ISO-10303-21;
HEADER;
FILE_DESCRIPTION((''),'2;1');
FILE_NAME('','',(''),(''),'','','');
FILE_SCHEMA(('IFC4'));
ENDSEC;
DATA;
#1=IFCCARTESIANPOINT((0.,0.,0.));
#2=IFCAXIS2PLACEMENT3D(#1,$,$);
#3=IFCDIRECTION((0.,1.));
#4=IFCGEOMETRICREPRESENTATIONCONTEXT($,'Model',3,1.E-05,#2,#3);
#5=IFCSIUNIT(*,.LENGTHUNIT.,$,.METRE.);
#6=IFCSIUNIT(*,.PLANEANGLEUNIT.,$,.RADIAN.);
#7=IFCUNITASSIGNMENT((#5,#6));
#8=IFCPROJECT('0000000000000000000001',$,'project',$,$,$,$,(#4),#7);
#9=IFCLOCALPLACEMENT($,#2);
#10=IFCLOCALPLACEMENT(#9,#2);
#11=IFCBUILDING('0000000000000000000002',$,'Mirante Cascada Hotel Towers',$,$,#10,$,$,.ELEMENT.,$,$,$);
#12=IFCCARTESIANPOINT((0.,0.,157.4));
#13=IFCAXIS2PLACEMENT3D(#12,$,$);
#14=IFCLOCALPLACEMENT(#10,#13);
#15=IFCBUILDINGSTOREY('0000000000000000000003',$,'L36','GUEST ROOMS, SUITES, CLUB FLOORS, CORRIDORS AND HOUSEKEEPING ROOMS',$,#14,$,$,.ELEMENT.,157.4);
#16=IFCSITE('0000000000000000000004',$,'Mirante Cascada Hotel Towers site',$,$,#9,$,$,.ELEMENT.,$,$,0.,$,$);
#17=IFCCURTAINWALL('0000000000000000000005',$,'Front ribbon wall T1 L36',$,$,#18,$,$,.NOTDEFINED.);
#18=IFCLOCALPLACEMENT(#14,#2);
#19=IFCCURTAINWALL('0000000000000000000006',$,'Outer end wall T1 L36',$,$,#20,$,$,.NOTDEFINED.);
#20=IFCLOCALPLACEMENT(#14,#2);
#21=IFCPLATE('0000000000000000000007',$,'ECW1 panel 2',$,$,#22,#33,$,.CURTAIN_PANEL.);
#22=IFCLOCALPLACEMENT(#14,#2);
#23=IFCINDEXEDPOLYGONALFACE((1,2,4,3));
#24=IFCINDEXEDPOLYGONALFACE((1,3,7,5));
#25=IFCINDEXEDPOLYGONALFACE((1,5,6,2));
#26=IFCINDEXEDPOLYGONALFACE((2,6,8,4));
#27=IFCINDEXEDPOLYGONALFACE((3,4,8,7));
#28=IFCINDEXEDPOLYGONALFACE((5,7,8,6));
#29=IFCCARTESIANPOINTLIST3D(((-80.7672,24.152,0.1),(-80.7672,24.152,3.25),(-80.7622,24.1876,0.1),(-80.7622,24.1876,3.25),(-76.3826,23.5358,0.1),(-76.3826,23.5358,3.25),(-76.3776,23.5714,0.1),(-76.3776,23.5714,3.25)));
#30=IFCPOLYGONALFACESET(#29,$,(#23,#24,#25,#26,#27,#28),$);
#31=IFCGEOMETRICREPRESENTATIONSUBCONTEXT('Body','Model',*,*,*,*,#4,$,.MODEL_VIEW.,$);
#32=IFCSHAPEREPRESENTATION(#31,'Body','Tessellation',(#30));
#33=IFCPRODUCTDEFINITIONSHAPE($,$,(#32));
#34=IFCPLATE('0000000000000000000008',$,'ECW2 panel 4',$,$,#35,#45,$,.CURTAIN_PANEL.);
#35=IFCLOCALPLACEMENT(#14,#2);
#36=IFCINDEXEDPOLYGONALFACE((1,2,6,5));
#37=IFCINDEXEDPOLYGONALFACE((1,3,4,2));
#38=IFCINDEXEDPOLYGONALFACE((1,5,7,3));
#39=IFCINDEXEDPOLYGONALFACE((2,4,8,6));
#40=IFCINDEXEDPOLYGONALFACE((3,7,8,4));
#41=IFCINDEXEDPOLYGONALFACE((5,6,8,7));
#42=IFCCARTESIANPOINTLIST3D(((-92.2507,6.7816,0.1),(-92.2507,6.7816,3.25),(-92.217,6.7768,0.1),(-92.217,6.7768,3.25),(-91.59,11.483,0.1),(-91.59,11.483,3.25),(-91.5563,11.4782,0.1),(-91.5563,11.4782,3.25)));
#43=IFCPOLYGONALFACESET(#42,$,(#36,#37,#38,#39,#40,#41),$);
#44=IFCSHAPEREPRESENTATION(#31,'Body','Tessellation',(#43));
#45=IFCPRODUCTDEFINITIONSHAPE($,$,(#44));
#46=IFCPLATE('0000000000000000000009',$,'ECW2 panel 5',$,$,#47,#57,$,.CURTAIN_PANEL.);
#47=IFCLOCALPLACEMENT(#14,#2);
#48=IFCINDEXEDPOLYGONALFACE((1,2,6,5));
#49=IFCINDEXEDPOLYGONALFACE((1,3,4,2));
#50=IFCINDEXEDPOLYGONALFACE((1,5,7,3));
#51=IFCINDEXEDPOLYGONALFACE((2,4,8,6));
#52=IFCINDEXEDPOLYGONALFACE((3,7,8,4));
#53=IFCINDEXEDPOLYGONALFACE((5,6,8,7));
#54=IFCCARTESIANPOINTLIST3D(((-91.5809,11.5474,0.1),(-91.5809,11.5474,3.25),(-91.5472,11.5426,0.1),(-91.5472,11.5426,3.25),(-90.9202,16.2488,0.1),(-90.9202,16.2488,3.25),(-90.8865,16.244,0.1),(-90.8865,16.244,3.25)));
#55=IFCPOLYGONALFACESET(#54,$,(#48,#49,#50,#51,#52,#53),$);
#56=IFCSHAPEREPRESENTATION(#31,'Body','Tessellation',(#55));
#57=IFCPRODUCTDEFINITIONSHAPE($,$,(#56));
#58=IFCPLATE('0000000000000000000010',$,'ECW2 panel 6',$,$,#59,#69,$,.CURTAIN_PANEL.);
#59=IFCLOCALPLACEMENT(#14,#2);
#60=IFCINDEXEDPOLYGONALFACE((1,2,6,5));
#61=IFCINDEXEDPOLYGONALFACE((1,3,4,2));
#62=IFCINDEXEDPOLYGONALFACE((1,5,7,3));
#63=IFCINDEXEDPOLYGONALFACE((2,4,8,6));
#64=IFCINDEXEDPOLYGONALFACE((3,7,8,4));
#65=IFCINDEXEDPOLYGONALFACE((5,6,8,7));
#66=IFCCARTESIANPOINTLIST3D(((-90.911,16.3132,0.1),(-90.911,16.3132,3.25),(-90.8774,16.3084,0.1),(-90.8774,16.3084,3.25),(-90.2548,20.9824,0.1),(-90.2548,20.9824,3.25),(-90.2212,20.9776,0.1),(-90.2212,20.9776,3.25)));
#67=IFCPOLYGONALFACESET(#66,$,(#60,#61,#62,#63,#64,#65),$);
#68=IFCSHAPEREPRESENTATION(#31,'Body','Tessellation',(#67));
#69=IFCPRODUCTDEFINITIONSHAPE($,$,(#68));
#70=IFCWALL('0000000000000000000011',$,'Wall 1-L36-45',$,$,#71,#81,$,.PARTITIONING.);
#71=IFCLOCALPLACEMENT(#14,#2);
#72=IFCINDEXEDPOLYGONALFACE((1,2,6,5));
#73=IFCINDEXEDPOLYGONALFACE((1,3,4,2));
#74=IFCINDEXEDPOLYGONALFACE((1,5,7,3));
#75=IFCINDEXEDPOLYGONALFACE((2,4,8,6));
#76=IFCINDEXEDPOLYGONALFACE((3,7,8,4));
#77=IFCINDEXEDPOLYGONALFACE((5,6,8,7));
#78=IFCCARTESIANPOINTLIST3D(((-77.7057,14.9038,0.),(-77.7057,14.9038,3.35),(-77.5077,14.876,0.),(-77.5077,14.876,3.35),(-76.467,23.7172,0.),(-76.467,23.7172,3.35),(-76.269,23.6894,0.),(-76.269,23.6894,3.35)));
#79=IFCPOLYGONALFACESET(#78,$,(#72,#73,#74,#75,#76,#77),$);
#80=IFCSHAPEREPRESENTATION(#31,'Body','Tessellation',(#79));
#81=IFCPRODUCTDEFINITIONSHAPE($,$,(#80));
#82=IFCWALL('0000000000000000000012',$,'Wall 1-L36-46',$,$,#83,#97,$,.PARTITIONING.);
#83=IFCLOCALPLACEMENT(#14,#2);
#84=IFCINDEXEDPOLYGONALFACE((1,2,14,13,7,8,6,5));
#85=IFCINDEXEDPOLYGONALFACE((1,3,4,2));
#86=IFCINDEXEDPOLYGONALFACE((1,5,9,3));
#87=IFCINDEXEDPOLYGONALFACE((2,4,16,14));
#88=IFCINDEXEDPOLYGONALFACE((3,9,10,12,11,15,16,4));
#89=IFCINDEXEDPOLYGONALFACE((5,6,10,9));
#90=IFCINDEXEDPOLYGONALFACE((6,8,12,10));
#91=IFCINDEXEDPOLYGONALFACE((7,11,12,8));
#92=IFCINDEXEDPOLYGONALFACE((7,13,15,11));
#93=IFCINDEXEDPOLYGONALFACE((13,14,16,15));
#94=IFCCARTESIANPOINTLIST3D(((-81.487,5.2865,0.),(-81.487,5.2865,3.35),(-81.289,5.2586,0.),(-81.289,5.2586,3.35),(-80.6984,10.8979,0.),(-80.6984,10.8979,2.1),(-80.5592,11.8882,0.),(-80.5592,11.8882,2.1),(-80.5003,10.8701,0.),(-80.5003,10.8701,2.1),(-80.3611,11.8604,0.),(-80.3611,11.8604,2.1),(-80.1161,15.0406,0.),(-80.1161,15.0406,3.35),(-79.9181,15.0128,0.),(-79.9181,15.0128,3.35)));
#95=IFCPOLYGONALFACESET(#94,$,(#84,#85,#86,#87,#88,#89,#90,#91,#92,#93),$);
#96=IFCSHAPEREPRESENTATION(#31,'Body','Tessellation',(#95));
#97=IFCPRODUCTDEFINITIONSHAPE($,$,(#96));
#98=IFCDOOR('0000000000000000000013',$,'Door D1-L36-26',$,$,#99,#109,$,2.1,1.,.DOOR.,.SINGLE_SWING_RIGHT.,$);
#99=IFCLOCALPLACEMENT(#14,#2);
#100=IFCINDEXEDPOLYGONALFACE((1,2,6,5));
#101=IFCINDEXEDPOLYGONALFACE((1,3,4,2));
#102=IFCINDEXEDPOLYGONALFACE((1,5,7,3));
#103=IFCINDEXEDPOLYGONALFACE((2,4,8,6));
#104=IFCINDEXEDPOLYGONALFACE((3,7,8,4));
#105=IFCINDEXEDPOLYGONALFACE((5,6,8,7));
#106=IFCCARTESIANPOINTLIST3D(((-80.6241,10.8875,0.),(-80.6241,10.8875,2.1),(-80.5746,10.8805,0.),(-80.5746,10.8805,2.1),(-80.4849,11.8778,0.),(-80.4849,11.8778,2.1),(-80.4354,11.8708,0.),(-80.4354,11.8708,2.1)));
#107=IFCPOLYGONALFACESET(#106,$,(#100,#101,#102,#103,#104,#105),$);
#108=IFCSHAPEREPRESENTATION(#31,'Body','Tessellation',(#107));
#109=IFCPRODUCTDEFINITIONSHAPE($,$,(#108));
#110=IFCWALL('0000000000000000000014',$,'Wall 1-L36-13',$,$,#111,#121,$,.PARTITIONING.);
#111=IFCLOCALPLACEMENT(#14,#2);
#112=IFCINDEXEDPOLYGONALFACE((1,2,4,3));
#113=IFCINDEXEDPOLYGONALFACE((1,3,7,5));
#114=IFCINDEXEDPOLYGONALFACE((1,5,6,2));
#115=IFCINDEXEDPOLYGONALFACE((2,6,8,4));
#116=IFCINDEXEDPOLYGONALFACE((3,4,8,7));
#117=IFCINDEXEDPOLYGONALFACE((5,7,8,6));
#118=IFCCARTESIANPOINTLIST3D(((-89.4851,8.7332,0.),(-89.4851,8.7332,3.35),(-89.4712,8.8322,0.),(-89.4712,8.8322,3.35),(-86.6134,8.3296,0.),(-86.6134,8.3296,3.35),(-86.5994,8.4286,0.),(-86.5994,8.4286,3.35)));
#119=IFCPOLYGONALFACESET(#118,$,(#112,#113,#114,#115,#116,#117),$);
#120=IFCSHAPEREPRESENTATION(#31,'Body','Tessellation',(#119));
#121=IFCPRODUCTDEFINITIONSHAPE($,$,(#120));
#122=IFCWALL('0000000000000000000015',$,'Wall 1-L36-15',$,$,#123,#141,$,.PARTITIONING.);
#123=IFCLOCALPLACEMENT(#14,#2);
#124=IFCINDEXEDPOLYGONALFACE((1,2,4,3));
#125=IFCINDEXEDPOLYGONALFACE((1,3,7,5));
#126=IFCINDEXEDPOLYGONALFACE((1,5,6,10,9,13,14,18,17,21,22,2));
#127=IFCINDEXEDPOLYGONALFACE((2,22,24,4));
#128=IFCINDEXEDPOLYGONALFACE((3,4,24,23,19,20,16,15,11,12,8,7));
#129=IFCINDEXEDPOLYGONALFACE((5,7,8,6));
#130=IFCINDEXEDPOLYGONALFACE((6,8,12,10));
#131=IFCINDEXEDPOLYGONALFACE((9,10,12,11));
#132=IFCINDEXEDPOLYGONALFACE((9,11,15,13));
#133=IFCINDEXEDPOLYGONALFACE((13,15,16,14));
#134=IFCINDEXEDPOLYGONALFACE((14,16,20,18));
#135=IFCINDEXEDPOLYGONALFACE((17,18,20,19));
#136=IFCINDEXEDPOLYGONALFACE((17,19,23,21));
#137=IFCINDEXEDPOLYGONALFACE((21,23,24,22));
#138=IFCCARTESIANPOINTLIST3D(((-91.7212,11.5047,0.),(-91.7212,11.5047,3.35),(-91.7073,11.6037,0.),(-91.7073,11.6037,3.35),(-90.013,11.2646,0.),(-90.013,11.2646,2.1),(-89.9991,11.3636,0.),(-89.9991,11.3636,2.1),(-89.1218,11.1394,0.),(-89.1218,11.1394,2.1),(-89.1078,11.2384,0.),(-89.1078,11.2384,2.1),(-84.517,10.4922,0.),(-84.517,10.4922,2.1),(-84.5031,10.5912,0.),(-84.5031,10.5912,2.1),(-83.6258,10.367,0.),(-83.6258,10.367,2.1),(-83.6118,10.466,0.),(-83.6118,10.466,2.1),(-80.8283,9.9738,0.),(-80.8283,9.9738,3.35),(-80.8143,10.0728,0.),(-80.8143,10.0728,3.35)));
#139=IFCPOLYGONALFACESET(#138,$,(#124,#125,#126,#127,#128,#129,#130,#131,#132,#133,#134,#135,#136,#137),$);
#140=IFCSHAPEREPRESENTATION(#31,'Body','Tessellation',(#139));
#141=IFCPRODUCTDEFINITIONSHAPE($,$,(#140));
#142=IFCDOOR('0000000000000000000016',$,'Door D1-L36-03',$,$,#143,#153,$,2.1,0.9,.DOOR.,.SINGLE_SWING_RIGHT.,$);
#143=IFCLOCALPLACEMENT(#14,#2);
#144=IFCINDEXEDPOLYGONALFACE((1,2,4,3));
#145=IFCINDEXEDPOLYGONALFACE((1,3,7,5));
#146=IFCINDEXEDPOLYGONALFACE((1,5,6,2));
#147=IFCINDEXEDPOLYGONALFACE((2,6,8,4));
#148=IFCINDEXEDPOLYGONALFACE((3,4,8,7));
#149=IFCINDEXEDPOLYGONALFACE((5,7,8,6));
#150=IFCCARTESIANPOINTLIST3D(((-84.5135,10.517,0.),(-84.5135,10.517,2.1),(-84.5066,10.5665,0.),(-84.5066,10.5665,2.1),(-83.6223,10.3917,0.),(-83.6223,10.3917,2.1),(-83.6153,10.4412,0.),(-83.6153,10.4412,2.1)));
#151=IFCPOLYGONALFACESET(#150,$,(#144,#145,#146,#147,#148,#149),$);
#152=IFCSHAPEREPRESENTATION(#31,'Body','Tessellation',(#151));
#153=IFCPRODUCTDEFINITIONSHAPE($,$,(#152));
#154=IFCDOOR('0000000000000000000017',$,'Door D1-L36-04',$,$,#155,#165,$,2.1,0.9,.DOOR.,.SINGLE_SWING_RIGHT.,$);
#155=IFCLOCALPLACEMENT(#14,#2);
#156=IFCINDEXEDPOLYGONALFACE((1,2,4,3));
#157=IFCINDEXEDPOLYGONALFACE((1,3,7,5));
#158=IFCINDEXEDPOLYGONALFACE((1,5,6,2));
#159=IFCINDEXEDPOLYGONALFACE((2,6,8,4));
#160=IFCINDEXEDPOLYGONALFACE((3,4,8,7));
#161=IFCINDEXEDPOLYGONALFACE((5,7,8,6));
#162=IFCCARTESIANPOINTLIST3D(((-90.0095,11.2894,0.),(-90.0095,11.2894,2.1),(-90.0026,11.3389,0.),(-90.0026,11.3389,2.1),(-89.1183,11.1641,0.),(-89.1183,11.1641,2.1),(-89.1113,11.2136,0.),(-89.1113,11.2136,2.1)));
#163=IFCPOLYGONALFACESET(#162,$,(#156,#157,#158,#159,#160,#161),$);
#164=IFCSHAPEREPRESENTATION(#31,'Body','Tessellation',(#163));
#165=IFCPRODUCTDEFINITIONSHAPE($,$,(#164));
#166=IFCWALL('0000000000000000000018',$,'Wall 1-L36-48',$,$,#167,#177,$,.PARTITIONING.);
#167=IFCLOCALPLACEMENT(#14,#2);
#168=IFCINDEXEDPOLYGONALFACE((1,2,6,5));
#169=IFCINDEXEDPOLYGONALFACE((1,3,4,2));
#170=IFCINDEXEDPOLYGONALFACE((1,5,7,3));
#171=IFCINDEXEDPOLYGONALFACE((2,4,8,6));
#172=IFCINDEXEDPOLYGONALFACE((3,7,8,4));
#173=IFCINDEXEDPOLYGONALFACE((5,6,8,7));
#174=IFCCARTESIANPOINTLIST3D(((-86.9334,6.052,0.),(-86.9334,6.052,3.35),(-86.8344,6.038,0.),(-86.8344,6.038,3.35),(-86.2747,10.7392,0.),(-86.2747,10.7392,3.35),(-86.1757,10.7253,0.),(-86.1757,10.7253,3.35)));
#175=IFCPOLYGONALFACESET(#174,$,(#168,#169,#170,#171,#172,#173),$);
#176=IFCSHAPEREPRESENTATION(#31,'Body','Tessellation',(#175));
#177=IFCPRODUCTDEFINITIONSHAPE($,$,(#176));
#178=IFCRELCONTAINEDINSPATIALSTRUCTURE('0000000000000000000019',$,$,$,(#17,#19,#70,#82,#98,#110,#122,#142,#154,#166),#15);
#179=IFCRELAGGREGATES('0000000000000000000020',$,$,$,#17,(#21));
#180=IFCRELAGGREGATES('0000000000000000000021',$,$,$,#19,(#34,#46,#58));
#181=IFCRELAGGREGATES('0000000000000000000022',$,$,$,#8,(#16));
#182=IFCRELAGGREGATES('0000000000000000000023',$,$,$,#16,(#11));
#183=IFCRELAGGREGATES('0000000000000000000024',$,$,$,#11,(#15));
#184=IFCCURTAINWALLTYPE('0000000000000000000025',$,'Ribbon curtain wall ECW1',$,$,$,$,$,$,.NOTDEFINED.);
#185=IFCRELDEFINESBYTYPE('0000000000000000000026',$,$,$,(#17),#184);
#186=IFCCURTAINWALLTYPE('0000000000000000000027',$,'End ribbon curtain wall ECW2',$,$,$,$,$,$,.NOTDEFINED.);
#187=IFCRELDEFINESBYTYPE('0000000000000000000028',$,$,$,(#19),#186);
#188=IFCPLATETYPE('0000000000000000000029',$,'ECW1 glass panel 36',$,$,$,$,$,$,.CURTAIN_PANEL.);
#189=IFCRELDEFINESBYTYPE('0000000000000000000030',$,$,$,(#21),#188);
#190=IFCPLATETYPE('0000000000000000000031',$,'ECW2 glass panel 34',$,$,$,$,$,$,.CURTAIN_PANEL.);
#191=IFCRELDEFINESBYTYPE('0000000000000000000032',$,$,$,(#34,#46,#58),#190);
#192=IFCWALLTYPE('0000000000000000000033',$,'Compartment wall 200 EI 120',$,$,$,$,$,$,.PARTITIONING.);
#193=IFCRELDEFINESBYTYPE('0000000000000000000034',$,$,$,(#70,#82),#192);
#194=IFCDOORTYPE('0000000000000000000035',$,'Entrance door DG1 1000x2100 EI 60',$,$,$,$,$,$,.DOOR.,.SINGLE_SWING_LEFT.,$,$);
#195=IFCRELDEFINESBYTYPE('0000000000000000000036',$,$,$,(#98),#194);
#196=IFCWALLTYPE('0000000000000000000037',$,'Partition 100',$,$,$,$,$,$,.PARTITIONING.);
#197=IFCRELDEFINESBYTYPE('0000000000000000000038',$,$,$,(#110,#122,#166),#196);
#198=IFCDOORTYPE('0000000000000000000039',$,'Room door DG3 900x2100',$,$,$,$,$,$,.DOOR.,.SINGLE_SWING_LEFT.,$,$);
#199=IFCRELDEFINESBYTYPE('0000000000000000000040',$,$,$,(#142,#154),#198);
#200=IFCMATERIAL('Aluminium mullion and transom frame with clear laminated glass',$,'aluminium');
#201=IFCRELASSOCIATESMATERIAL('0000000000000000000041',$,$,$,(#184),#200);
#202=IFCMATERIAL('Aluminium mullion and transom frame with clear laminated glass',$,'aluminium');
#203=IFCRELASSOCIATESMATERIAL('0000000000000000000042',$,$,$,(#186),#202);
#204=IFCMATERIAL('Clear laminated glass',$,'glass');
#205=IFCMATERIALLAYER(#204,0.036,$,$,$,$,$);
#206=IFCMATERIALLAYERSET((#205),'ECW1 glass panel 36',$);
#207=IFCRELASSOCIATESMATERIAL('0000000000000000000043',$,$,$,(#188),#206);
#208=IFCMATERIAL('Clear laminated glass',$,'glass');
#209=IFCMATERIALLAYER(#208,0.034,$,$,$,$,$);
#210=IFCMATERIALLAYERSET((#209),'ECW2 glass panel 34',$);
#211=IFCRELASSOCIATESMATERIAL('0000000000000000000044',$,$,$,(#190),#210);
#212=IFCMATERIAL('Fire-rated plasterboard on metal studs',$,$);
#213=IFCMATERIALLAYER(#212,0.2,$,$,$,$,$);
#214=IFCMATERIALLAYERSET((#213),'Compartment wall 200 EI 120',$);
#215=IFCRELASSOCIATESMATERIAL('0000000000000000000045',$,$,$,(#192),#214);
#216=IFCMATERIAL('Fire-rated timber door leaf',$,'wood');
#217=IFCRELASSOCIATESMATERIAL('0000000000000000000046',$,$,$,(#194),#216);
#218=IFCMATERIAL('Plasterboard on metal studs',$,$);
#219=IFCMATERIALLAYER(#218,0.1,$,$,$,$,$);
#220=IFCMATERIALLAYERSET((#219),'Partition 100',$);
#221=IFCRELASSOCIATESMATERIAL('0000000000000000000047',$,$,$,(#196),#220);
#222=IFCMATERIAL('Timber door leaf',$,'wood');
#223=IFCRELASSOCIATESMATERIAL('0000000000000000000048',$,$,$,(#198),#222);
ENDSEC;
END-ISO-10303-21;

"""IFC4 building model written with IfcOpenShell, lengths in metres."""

from ifc_helpers import new_model, si_unit, direction, frame, frame_2d, origin, origin_2d, place, context, subcontext, project, spatial, rectangle, extrude, material, layer, layer_set, type_object, element, fill, aggregate, save


model = new_model("IFC4")

# Units and contexts
model_context = context("Model", 3, precision=1e-05, world=origin(), true_north=direction((0.0, 1.0)))
body_context = subcontext(model_context, "Body", "Model", "MODEL_VIEW")
ifc_project = project(units=[si_unit("LENGTHUNIT", "METRE"), si_unit("PLANEANGLEUNIT", "RADIAN")], contexts=[model_context])

# Site, building, storey
site_placement = place(None, origin())
site = spatial("IfcSite", under=ifc_project, at=site_placement, Name="Mirante Cascada Hotel Towers site", CompositionType="ELEMENT", RefElevation=0.0)
building_placement = place(site_placement, origin())
building = spatial("IfcBuilding", under=site, at=building_placement, Name="Mirante Cascada Hotel Towers", CompositionType="ELEMENT")
storey_placement = place(building_placement, frame((0.0, 0.0, 157.4)))
storey = spatial("IfcBuildingStorey", under=building, at=storey_placement, Name="L36", Description="GUEST ROOMS, SUITES, CLUB FLOORS, CORRIDORS AND HOUSEKEEPING ROOMS", CompositionType="ELEMENT", Elevation=157.4)

# Curtain walls
ifc_material_1 = material(Name="Aluminium mullion and transom frame with clear laminated glass", Category="aluminium")
curtain_wall_type_1 = type_object("IfcCurtainWallType", Name="Ribbon curtain wall ECW1", PredefinedType="NOTDEFINED", material=ifc_material_1)
curtain_wall_1_placement = place(storey_placement, origin())
curtain_wall_1 = element("IfcCurtainWall", 1, at=curtain_wall_1_placement, inside=storey, type_object=curtain_wall_type_1, Name="Front ribbon wall T1 L36", PredefinedType="NOTDEFINED")
ifc_material_2 = material(Name="Aluminium mullion and transom frame with clear laminated glass", Category="aluminium")
curtain_wall_type_2 = type_object("IfcCurtainWallType", Name="End ribbon curtain wall ECW2", PredefinedType="NOTDEFINED", material=ifc_material_2)
curtain_wall_2_placement = place(storey_placement, origin())
curtain_wall_2 = element("IfcCurtainWall", 2, at=curtain_wall_2_placement, inside=storey, type_object=curtain_wall_type_2, Name="Outer end wall T1 L36", PredefinedType="NOTDEFINED")

# Plates
ifc_material_3 = material(Name="Clear laminated glass", Category="glass")
ifc_layer_1 = layer(ifc_material_3, 0.036)
ifc_layer_set_1 = layer_set([ifc_layer_1], Name="ECW1 glass panel 36")
plate_type_1 = type_object("IfcPlateType", Name="ECW1 glass panel 36", PredefinedType="CURTAIN_PANEL", material=ifc_layer_set_1)
plate_1_placement = place(storey_placement, frame((-78.5724, 23.8617, 0.1), z_axis=(0.0, 0.0, 1.0), x_axis=(0.990268, -0.139173, 0.0)))
plate_1 = element("IfcPlate", 3, at=plate_1_placement, type_object=plate_type_1, Name="ECW1 panel 2", PredefinedType="CURTAIN_PANEL", context=body_context, shape_type="SweptSolid", body=[
    extrude(rectangle(XDim=4.4276, YDim=0.036, at=origin_2d()), origin(), (0.0, 0.0, 1.0), 3.15),
])
aggregate(curtain_wall_1, [plate_1])
ifc_material_4 = material(Name="Clear laminated glass", Category="glass")
ifc_layer_2 = layer(ifc_material_4, 0.034)
ifc_layer_set_2 = layer_set([ifc_layer_2], Name="ECW2 glass panel 34")
plate_type_2 = type_object("IfcPlateType", Name="ECW2 glass panel 34", PredefinedType="CURTAIN_PANEL", material=ifc_layer_set_2)
plate_2_placement = place(storey_placement, frame((-91.9035, 9.1299, 0.1), z_axis=(0.0, 0.0, 1.0), x_axis=(0.139173, 0.990268, 0.0)))
plate_2 = element("IfcPlate", 4, at=plate_2_placement, type_object=plate_type_2, Name="ECW2 panel 4", PredefinedType="CURTAIN_PANEL", context=body_context, shape_type="SweptSolid", body=[
    extrude(rectangle(XDim=4.7476, YDim=0.034, at=origin_2d()), origin(), (0.0, 0.0, 1.0), 3.15),
])
plate_3_placement = place(storey_placement, frame((-91.2337, 13.8957, 0.1), z_axis=(0.0, 0.0, 1.0), x_axis=(0.139173, 0.990268, 0.0)))
plate_3 = element("IfcPlate", 5, at=plate_3_placement, type_object=plate_type_2, Name="ECW2 panel 5", PredefinedType="CURTAIN_PANEL", context=body_context, shape_type="SweptSolid", body=[
    extrude(rectangle(XDim=4.7476, YDim=0.034, at=origin_2d()), origin(), (0.0, 0.0, 1.0), 3.15),
])
plate_4_placement = place(storey_placement, frame((-90.5661, 18.6454, 0.1), z_axis=(0.0, 0.0, 1.0), x_axis=(0.139173, 0.990268, 0.0)))
plate_4 = element("IfcPlate", 6, at=plate_4_placement, type_object=plate_type_2, Name="ECW2 panel 6", PredefinedType="CURTAIN_PANEL", context=body_context, shape_type="SweptSolid", body=[
    extrude(rectangle(XDim=4.7151, YDim=0.034, at=origin_2d()), origin(), (0.0, 0.0, 1.0), 3.15),
])
aggregate(curtain_wall_2, [plate_2, plate_3, plate_4])

# Wall
ifc_material_5 = material(Name="Fire-rated plasterboard on metal studs")
ifc_layer_3 = layer(ifc_material_5, 0.2)
ifc_layer_set_3 = layer_set([ifc_layer_3], Name="Compartment wall 200 EI 120")
wall_type_1 = type_object("IfcWallType", Name="Compartment wall 200 EI 120", PredefinedType="PARTITIONING", material=ifc_layer_set_3)
wall_1_placement = place(storey_placement, frame((-77.6067, 14.8899, 0.0), z_axis=(0.0, 0.0, 1.0), x_axis=(0.139179, 0.990267, 0.0)))
element("IfcWall", 7, at=wall_1_placement, inside=storey, type_object=wall_type_1, Name="Wall 1-L36-45", PredefinedType="PARTITIONING", context=body_context, shape_type="SweptSolid", body=[
    extrude(rectangle(XDim=8.9, YDim=0.2, at=frame_2d((4.45, 0.0))), origin(), (0.0, 0.0, 1.0), 3.35),
])

# Wall, opening, door
wall_2_placement = place(storey_placement, frame((-80.0171, 15.0267, 0.0), z_axis=(0.0, 0.0, 1.0), x_axis=(-0.139178, -0.990267, 0.0)))
wall_2 = element("IfcWall", 8, at=wall_2_placement, inside=storey, type_object=wall_type_1, Name="Wall 1-L36-46", PredefinedType="PARTITIONING", context=body_context, shape_type="SweptSolid", body=[
    extrude(rectangle(XDim=9.85, YDim=0.2, at=frame_2d((4.925, 0.0))), origin(), (0.0, 0.0, 1.0), 3.35),
])
opening_1_placement = place(wall_2_placement, frame((3.1834, 0.0, 0.0)))
opening_1 = element("IfcOpeningElement", 9, at=opening_1_placement, cuts=wall_2, PredefinedType="OPENING", context=body_context, shape_type="SweptSolid", body=[
    extrude(rectangle(XDim=1.0, YDim=2.1, at=frame_2d((0.5, 1.05))), frame((0.0, 0.1, 0.0), z_axis=(0.0, -1.0, 0.0), x_axis=(1.0, 0.0, 0.0)), (0.0, 0.0, 1.0), 0.2),
])
ifc_material_6 = material(Name="Fire-rated timber door leaf", Category="wood")
door_type_1 = type_object("IfcDoorType", Name="Entrance door DG1 1000x2100 EI 60", OperationType="SINGLE_SWING_LEFT", PredefinedType="DOOR", material=ifc_material_6)
door_1_placement = place(opening_1_placement, frame((1.0, 0.0, 0.0), z_axis=(0.0, 0.0, 1.0), x_axis=(-1.0, 0.0, 0.0)))
door_1 = element("IfcDoor", 10, at=door_1_placement, inside=storey, type_object=door_type_1, Name="Door D1-L36-26", OperationType="SINGLE_SWING_RIGHT", OverallHeight=2.1, OverallWidth=1.0, PredefinedType="DOOR", context=body_context, shape_type="SweptSolid", body=[
    extrude(rectangle(XDim=1.0, YDim=2.1, at=frame_2d((0.5, 1.05))), frame((0.0, 0.025, 0.0), z_axis=(0.0, -1.0, 0.0), x_axis=(1.0, 0.0, 0.0)), (0.0, 0.0, 1.0), 0.05),
])
fill(opening_1, door_1)

# Wall
ifc_material_7 = material(Name="Plasterboard on metal studs")
ifc_layer_4 = layer(ifc_material_7, 0.1)
ifc_layer_set_4 = layer_set([ifc_layer_4], Name="Partition 100")
wall_type_2 = type_object("IfcWallType", Name="Partition 100", PredefinedType="PARTITIONING", material=ifc_layer_set_4)
wall_3_placement = place(storey_placement, frame((-86.6064, 8.3791, 0.0), z_axis=(0.0, 0.0, 1.0), x_axis=(-0.990268, 0.139171, 0.0)))
element("IfcWall", 11, at=wall_3_placement, inside=storey, type_object=wall_type_2, Name="Wall 1-L36-13", PredefinedType="PARTITIONING", context=body_context, shape_type="SweptSolid", body=[
    extrude(rectangle(XDim=2.9, YDim=0.1, at=frame_2d((1.45, 0.0))), origin(), (0.0, 0.0, 1.0), 3.35),
])

# Wall, openings, doors
wall_4_placement = place(storey_placement, frame((-80.8213, 10.0233, 0.0), z_axis=(0.0, 0.0, 1.0), x_axis=(-0.990268, 0.139173, 0.0)))
wall_4 = element("IfcWall", 12, at=wall_4_placement, inside=storey, type_object=wall_type_2, Name="Wall 1-L36-15", PredefinedType="PARTITIONING", context=body_context, shape_type="SweptSolid", body=[
    extrude(rectangle(XDim=11.0, YDim=0.1, at=frame_2d((5.5, 0.0))), origin(), (0.0, 0.0, 1.0), 3.35),
])
opening_2_placement = place(wall_4_placement, frame((2.825, 0.0, 0.0)))
opening_2 = element("IfcOpeningElement", 13, at=opening_2_placement, cuts=wall_4, PredefinedType="OPENING", context=body_context, shape_type="SweptSolid", body=[
    extrude(rectangle(XDim=0.9, YDim=2.1, at=frame_2d((0.45, 1.05))), frame((0.0, 0.05, 0.0), z_axis=(0.0, -1.0, 0.0), x_axis=(1.0, 0.0, 0.0)), (0.0, 0.0, 1.0), 0.1),
])
opening_3_placement = place(wall_4_placement, frame((8.375, 0.0, 0.0)))
opening_3 = element("IfcOpeningElement", 14, at=opening_3_placement, cuts=wall_4, PredefinedType="OPENING", context=body_context, shape_type="SweptSolid", body=[
    extrude(rectangle(XDim=0.9, YDim=2.1, at=frame_2d((0.45, 1.05))), frame((0.0, 0.05, 0.0), z_axis=(0.0, -1.0, 0.0), x_axis=(1.0, 0.0, 0.0)), (0.0, 0.0, 1.0), 0.1),
])
ifc_material_8 = material(Name="Timber door leaf", Category="wood")
door_type_2 = type_object("IfcDoorType", Name="Room door DG3 900x2100", OperationType="SINGLE_SWING_LEFT", PredefinedType="DOOR", material=ifc_material_8)
door_2_placement = place(opening_2_placement, frame((0.9, 0.0, 0.0), z_axis=(0.0, 0.0, 1.0), x_axis=(-1.0, 0.0, 0.0)))
door_2 = element("IfcDoor", 15, at=door_2_placement, inside=storey, type_object=door_type_2, Name="Door D1-L36-03", OperationType="SINGLE_SWING_RIGHT", OverallHeight=2.1, OverallWidth=0.9, PredefinedType="DOOR", context=body_context, shape_type="SweptSolid", body=[
    extrude(rectangle(XDim=0.9, YDim=2.1, at=frame_2d((0.45, 1.05))), frame((0.0, 0.025, 0.0), z_axis=(0.0, -1.0, 0.0), x_axis=(1.0, 0.0, 0.0)), (0.0, 0.0, 1.0), 0.05),
])
fill(opening_2, door_2)
door_3_placement = place(opening_3_placement, frame((0.9, 0.0, 0.0), z_axis=(0.0, 0.0, 1.0), x_axis=(-1.0, 0.0, 0.0)))
door_3 = element("IfcDoor", 16, at=door_3_placement, inside=storey, type_object=door_type_2, Name="Door D1-L36-04", OperationType="SINGLE_SWING_RIGHT", OverallHeight=2.1, OverallWidth=0.9, PredefinedType="DOOR", context=body_context, shape_type="SweptSolid", body=[
    extrude(rectangle(XDim=0.9, YDim=2.1, at=frame_2d((0.45, 1.05))), frame((0.0, 0.025, 0.0), z_axis=(0.0, -1.0, 0.0), x_axis=(1.0, 0.0, 0.0)), (0.0, 0.0, 1.0), 0.05),
])
fill(opening_3, door_3)

# Wall
wall_5_placement = place(storey_placement, frame((-86.2252, 10.7322, 0.0), z_axis=(0.0, 0.0, 1.0), x_axis=(-0.139164, -0.990269, 0.0)))
element("IfcWall", 17, at=wall_5_placement, inside=storey, type_object=wall_type_2, Name="Wall 1-L36-48", PredefinedType="PARTITIONING", context=body_context, shape_type="SweptSolid", body=[
    extrude(rectangle(XDim=4.7333, YDim=0.1, at=frame_2d((2.3666, 0.0))), origin(), (0.0, 0.0, 1.0), 3.35),
])

save(model, "model.ifc")
